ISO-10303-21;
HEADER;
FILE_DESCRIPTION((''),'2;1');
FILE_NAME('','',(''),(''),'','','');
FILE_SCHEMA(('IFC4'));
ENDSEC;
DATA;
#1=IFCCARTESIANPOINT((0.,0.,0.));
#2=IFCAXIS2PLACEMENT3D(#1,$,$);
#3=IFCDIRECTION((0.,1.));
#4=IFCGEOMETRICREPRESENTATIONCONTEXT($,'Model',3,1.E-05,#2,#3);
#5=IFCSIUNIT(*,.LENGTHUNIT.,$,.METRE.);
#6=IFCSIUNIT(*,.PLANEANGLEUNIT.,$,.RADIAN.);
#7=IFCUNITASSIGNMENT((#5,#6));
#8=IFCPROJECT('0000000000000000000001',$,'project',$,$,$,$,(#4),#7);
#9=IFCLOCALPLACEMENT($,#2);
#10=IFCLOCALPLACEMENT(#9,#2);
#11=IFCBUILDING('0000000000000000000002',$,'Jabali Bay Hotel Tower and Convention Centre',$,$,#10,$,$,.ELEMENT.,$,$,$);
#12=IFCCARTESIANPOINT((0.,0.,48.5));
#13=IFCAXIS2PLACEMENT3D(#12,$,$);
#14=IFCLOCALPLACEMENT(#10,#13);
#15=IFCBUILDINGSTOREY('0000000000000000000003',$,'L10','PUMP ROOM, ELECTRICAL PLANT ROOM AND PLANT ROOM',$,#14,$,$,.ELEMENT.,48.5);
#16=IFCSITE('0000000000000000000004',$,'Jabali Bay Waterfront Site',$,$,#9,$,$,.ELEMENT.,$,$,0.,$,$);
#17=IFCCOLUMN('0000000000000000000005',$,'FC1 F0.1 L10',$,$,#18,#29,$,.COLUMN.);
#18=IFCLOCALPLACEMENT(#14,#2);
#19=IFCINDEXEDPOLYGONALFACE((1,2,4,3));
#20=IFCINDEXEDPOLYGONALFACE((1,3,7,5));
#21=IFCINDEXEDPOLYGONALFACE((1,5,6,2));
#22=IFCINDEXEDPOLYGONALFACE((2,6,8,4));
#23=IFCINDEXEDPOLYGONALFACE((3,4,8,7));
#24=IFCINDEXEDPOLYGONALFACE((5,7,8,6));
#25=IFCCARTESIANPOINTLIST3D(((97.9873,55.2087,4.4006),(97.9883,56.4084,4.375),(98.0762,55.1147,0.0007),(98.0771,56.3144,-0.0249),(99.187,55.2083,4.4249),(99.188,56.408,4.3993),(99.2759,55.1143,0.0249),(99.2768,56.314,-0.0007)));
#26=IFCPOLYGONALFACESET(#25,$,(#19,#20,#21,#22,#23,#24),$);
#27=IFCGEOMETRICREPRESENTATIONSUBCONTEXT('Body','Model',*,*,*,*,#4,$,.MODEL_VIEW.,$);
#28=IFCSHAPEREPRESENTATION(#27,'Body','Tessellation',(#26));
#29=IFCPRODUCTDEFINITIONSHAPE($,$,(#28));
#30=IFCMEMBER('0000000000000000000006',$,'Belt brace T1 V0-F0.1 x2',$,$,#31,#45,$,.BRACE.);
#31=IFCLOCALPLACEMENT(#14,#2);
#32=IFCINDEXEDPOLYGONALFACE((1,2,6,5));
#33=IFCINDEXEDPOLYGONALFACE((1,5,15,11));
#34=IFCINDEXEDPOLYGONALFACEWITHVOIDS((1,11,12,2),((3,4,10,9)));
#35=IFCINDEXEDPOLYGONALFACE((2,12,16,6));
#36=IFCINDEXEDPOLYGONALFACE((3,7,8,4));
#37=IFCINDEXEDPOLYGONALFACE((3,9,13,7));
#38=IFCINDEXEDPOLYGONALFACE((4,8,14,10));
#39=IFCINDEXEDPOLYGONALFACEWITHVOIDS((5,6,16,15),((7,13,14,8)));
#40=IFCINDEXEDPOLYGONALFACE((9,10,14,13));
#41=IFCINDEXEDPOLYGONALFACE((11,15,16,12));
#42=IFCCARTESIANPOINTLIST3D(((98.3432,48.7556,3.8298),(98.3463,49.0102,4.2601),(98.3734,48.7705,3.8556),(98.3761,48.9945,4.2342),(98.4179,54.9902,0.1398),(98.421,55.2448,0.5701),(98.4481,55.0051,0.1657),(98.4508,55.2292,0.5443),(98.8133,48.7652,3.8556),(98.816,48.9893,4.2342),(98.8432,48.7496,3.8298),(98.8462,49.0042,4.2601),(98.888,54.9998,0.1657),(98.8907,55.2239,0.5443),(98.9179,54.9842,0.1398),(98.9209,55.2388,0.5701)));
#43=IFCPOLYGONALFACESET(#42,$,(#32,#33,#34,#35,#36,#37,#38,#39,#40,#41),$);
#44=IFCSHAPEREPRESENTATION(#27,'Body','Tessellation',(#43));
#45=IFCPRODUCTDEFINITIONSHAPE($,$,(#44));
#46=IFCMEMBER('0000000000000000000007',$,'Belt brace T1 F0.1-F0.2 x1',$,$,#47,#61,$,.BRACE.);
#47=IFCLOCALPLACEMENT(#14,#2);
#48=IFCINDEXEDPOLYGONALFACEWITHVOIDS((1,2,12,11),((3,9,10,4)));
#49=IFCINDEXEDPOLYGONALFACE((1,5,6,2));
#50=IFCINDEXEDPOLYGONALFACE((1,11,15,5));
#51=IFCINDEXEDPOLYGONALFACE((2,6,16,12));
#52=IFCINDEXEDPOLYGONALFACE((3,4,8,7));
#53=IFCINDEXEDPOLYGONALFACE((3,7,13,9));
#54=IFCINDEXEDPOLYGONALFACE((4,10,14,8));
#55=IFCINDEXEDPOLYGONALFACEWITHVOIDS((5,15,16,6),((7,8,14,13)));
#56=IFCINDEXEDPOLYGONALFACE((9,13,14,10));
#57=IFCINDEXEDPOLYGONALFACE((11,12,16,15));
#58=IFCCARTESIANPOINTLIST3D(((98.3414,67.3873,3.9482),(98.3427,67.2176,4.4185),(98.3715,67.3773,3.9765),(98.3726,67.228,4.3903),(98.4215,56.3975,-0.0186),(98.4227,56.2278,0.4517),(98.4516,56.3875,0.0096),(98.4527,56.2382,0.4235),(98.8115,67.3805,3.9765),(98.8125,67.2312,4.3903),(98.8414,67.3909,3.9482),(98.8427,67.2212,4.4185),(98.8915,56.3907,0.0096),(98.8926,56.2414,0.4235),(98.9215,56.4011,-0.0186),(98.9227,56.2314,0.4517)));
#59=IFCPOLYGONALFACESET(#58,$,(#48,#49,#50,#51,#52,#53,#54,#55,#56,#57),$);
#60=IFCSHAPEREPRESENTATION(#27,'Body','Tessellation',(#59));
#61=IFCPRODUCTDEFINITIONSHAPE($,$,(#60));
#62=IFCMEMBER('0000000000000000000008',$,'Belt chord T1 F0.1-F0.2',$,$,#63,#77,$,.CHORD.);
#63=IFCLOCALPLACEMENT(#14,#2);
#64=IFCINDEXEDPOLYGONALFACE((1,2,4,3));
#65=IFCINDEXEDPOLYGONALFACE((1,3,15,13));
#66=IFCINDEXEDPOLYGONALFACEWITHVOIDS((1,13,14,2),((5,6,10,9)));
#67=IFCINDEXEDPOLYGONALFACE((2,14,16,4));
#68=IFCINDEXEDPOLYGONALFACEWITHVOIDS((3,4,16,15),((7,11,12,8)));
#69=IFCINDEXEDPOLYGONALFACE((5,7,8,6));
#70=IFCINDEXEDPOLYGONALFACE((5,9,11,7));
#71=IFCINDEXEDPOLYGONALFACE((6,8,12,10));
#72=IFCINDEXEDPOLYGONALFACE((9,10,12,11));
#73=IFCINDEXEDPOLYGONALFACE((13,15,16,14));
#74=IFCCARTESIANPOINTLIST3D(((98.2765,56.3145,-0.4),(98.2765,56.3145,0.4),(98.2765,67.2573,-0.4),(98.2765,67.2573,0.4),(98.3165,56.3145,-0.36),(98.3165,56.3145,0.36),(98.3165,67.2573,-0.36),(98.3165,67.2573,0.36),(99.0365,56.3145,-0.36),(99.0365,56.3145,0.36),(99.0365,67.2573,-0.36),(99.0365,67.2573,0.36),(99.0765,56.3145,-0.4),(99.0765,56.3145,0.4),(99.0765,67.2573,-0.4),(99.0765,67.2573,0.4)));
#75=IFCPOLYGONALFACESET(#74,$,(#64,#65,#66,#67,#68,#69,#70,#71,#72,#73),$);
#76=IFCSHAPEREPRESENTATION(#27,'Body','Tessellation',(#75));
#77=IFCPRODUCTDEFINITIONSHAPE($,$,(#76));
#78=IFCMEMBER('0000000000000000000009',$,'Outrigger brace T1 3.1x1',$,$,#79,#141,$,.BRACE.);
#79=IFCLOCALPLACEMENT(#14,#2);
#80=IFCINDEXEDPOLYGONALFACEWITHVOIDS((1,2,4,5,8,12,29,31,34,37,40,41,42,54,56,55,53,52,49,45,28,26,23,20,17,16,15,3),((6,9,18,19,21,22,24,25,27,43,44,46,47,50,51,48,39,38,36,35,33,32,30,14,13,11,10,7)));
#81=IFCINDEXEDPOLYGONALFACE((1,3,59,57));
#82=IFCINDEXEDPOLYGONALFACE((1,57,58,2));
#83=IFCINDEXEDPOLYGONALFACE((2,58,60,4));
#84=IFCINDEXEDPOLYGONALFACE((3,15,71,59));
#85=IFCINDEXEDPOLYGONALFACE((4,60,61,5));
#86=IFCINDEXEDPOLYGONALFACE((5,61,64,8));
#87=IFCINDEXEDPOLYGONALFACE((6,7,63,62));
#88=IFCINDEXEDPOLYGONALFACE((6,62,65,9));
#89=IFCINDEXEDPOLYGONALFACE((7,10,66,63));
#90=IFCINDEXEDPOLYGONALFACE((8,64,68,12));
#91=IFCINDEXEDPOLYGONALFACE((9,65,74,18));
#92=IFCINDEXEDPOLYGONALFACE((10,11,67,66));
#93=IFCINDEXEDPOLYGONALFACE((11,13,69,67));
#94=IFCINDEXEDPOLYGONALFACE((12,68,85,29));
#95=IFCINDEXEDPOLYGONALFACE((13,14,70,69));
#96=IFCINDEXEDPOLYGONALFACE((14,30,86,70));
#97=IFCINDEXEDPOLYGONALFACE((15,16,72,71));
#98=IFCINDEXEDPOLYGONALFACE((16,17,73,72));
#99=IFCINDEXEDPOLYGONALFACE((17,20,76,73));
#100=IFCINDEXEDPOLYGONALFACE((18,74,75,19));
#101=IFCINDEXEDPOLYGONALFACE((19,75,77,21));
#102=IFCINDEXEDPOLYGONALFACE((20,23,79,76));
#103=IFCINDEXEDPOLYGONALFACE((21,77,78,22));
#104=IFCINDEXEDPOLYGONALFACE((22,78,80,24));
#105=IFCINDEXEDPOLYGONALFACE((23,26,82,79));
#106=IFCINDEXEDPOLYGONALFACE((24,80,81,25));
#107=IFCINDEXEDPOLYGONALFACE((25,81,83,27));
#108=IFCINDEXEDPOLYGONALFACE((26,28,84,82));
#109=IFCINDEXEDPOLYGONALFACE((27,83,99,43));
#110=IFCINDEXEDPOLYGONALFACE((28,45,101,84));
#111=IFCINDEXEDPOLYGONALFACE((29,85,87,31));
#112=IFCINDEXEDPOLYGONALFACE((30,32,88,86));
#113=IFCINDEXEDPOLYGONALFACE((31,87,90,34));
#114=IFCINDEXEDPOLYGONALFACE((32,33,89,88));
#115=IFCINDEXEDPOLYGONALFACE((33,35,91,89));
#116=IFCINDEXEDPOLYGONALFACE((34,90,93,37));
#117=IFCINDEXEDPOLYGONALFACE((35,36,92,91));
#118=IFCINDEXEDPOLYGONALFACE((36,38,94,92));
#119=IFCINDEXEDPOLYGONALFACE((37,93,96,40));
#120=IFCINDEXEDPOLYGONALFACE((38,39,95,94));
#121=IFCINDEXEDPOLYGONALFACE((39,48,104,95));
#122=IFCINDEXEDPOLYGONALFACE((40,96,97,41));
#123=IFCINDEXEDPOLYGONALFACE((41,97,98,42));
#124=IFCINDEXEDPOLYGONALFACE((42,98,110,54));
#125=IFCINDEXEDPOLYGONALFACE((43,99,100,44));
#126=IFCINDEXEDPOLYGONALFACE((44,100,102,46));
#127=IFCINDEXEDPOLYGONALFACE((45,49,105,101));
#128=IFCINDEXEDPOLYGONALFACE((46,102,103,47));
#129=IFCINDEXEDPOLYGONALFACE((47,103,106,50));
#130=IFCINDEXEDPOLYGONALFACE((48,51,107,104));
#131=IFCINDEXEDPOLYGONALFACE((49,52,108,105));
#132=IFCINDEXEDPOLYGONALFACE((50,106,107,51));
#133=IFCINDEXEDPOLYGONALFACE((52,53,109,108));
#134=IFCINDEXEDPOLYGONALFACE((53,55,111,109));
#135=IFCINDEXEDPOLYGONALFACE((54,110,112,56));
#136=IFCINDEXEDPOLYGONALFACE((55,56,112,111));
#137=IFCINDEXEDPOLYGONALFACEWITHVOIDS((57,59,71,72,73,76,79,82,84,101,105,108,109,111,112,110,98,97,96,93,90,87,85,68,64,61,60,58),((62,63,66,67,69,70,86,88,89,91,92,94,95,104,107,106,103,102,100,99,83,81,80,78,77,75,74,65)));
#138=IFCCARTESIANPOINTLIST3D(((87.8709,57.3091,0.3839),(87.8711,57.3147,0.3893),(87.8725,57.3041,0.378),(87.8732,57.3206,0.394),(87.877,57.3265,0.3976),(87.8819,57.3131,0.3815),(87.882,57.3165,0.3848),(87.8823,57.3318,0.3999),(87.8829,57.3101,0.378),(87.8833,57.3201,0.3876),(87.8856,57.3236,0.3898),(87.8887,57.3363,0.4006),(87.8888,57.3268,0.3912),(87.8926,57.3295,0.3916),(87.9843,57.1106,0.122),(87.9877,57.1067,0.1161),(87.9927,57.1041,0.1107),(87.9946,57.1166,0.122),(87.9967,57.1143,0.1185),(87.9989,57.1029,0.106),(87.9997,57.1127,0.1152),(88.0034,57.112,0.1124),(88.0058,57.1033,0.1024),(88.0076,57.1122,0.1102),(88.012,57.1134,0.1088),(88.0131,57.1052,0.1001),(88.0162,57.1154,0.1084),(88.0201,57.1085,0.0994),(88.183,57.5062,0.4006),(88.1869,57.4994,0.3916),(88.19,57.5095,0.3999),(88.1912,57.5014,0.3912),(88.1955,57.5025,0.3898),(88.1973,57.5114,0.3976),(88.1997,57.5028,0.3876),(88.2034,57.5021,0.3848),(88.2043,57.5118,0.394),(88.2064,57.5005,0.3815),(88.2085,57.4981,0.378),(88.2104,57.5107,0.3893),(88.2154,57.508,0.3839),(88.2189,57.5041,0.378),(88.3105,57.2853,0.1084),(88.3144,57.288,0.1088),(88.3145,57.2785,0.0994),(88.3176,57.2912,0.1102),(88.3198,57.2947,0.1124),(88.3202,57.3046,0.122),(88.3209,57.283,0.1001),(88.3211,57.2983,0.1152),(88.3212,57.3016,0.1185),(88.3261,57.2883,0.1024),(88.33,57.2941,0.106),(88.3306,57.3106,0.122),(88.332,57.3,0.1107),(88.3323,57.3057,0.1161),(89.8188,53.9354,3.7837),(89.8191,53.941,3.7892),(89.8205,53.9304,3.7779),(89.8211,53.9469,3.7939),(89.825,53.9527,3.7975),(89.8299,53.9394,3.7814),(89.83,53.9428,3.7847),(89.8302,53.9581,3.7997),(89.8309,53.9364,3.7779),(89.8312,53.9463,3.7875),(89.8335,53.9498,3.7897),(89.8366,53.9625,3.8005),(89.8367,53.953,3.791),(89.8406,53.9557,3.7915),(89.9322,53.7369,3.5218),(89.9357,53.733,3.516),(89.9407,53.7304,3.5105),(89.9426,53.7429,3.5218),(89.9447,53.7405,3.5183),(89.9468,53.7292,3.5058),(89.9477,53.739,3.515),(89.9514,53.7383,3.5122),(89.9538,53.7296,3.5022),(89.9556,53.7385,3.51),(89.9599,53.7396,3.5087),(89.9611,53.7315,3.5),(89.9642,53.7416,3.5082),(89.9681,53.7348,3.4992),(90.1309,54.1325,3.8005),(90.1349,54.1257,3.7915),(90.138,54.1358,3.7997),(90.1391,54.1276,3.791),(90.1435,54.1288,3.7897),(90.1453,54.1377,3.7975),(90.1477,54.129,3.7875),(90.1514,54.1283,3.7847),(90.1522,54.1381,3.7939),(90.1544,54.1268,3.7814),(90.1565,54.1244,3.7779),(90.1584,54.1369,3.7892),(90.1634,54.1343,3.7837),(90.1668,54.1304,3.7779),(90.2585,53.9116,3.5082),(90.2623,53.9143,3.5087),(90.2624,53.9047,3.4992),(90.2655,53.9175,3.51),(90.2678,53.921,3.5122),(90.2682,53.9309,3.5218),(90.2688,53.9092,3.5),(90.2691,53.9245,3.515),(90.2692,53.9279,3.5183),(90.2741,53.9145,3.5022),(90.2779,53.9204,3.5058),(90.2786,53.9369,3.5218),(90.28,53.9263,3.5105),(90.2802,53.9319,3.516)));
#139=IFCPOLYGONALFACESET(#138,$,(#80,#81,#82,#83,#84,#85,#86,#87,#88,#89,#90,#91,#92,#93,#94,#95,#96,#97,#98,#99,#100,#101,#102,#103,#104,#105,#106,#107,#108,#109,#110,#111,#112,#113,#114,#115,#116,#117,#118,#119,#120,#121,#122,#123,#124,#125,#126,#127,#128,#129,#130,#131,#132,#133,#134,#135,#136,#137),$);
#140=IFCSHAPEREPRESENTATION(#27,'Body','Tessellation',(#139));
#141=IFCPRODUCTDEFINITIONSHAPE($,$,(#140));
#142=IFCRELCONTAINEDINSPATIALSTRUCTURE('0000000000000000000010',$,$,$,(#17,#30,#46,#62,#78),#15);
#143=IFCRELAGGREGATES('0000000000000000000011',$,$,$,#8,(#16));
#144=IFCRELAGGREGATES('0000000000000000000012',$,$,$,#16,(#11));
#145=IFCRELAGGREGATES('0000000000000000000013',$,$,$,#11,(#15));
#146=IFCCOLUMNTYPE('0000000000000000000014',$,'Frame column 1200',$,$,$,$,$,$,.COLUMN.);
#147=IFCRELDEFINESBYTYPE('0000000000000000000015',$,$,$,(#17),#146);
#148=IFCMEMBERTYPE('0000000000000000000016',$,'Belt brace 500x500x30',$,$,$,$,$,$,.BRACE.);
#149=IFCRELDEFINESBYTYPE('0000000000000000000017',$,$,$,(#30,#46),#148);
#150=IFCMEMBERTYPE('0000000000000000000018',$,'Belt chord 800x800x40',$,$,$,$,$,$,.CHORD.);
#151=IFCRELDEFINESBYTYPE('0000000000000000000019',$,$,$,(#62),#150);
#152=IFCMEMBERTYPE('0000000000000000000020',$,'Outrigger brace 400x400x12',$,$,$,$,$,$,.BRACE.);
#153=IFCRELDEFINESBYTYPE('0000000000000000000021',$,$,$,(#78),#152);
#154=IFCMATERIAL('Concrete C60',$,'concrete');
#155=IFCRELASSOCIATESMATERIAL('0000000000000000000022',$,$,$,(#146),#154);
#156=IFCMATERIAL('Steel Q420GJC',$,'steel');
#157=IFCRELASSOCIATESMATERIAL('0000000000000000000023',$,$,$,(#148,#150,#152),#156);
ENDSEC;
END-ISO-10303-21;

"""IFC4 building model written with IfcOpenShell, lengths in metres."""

from ifc_helpers import new_model, si_unit, direction, frame, origin, origin_2d, place, context, subcontext, project, spatial, rectangle, hollow_rectangle, extrude, material, material_profile, profile_set, type_object, element, save


model = new_model("IFC4")

# Units and contexts
model_context = context("Model", 3, precision=1e-05, world=origin(), true_north=direction((0.0, 1.0)))
body_context = subcontext(model_context, "Body", "Model", "MODEL_VIEW")
ifc_project = project(units=[si_unit("LENGTHUNIT", "METRE"), si_unit("PLANEANGLEUNIT", "RADIAN")], contexts=[model_context])

# Site, building, storey
site_placement = place(None, origin())
site = spatial("IfcSite", under=ifc_project, at=site_placement, Name="Jabali Bay Waterfront Site", CompositionType="ELEMENT", RefElevation=0.0)
building_placement = place(site_placement, origin())
building = spatial("IfcBuilding", under=site, at=building_placement, Name="Jabali Bay Hotel Tower and Convention Centre", CompositionType="ELEMENT")
storey_placement = place(building_placement, frame((0.0, 0.0, 48.5)))
storey = spatial("IfcBuildingStorey", under=building, at=storey_placement, Name="L10", Description="PUMP ROOM, ELECTRICAL PLANT ROOM AND PLANT ROOM", CompositionType="ELEMENT", Elevation=48.5)

# Column
ifc_material_1 = material(Name="Concrete C60", Category="concrete")
ifc_material_profile_1 = material_profile(ifc_material_1, rectangle(XDim=1.2, YDim=1.2, at=origin_2d()), Name="Frame column 1200")
ifc_profile_set_1 = profile_set([ifc_material_profile_1], Name="Concrete C60")
column_type = type_object("IfcColumnType", Name="Frame column 1200", PredefinedType="COLUMN", material=ifc_profile_set_1)
column_placement = place(storey_placement, frame((98.6765, 55.7144, 0.0), z_axis=(-0.020189, 0.021354, 0.999568), x_axis=(-0.000784, -0.999772, 0.021342)))
element("IfcColumn", 1, at=column_placement, inside=storey, type_object=column_type, Name="FC1 F0.1 L10", PredefinedType="COLUMN", context=body_context, shape_type="SweptSolid", body=[
    extrude(rectangle(XDim=1.2, YDim=1.2, at=origin_2d()), origin(), (0.0, 0.0, 1.0), 4.4019),
])

# Members
ifc_material_2 = material(Name="Steel Q420GJC", Category="steel")
ifc_material_profile_2 = material_profile(ifc_material_2, hollow_rectangle(XDim=0.5, YDim=0.5, WallThickness=0.03, at=origin_2d()), Name="Belt brace 500x500x30")
ifc_profile_set_2 = profile_set([ifc_material_profile_2], Name="Steel Q420GJC")
member_type_1 = type_object("IfcMemberType", Name="Belt brace 500x500x30", PredefinedType="BRACE", material=ifc_profile_set_2)
member_1_placement = place(storey_placement, frame((98.6694, 55.1145, 0.355), z_axis=(-0.010311, -0.860527, 0.5093), x_axis=(0.999928, -0.011982, 0.0)))
element("IfcMember", 2, at=member_1_placement, inside=storey, type_object=member_type_1, Name="Belt brace T1 V0-F0.1 x2", PredefinedType="BRACE", context=body_context, shape_type="SweptSolid", body=[
    extrude(hollow_rectangle(XDim=0.5, YDim=0.5, WallThickness=0.03, at=origin_2d()), origin(), (0.0, 0.0, 1.0), 7.2451),
])
member_2_placement = place(storey_placement, frame((98.6721, 56.3145, 0.2166), z_axis=(-0.006854, 0.940579, 0.339506), x_axis=(-0.999973, -0.007286, 0.0)))
element("IfcMember", 3, at=member_2_placement, inside=storey, type_object=member_type_1, Name="Belt brace T1 F0.1-F0.2 x1", PredefinedType="BRACE", context=body_context, shape_type="SweptSolid", body=[
    extrude(hollow_rectangle(XDim=0.5, YDim=0.5, WallThickness=0.03, at=origin_2d()), origin(), (0.0, 0.0, 1.0), 11.6841),
])
ifc_material_profile_3 = material_profile(ifc_material_2, hollow_rectangle(XDim=0.8, YDim=0.8, WallThickness=0.04, at=origin_2d()), Name="Belt chord 800x800x40")
ifc_profile_set_3 = profile_set([ifc_material_profile_3], Name="Steel Q420GJC")
member_type_2 = type_object("IfcMemberType", Name="Belt chord 800x800x40", PredefinedType="CHORD", material=ifc_profile_set_3)
member_3_placement = place(storey_placement, frame((98.6765, 56.3145, 0.0), z_axis=(0.0, 1.0, 0.0), x_axis=(-1.0, 0.0, 0.0)))
element("IfcMember", 4, at=member_3_placement, inside=storey, type_object=member_type_2, Name="Belt chord T1 F0.1-F0.2", PredefinedType="CHORD", context=body_context, shape_type="SweptSolid", body=[
    extrude(hollow_rectangle(XDim=0.8, YDim=0.8, WallThickness=0.04, at=origin_2d()), origin(), (0.0, 0.0, 1.0), 10.9429),
])
ifc_material_profile_4 = material_profile(ifc_material_2, hollow_rectangle(XDim=0.3999, YDim=0.3999, WallThickness=0.012, InnerFilletRadius=0.0181, OuterFilletRadius=0.03, at=origin_2d()), Name="Outrigger brace 400x400x12")
ifc_profile_set_4 = profile_set([ifc_material_profile_4], Name="Steel Q420GJC")
member_type_3 = type_object("IfcMemberType", Name="Outrigger brace 400x400x12", PredefinedType="BRACE", material=ifc_profile_set_4)
member_4_placement = place(storey_placement, frame((88.1016, 57.3074, 0.25), z_axis=(0.376736, -0.652477, 0.657529), x_axis=(0.866009, 0.500028, 0.0)))
element("IfcMember", 5, at=member_4_placement, inside=storey, type_object=member_type_3, Name="Outrigger brace T1 3.1x1", PredefinedType="BRACE", context=body_context, shape_type="SweptSolid", body=[
    extrude(hollow_rectangle(XDim=0.3999, YDim=0.3999, WallThickness=0.012, InnerFilletRadius=0.0181, OuterFilletRadius=0.03, at=origin_2d()), origin(), (0.0, 0.0, 1.0), 5.1707),
])

save(model, "model.ifc")
